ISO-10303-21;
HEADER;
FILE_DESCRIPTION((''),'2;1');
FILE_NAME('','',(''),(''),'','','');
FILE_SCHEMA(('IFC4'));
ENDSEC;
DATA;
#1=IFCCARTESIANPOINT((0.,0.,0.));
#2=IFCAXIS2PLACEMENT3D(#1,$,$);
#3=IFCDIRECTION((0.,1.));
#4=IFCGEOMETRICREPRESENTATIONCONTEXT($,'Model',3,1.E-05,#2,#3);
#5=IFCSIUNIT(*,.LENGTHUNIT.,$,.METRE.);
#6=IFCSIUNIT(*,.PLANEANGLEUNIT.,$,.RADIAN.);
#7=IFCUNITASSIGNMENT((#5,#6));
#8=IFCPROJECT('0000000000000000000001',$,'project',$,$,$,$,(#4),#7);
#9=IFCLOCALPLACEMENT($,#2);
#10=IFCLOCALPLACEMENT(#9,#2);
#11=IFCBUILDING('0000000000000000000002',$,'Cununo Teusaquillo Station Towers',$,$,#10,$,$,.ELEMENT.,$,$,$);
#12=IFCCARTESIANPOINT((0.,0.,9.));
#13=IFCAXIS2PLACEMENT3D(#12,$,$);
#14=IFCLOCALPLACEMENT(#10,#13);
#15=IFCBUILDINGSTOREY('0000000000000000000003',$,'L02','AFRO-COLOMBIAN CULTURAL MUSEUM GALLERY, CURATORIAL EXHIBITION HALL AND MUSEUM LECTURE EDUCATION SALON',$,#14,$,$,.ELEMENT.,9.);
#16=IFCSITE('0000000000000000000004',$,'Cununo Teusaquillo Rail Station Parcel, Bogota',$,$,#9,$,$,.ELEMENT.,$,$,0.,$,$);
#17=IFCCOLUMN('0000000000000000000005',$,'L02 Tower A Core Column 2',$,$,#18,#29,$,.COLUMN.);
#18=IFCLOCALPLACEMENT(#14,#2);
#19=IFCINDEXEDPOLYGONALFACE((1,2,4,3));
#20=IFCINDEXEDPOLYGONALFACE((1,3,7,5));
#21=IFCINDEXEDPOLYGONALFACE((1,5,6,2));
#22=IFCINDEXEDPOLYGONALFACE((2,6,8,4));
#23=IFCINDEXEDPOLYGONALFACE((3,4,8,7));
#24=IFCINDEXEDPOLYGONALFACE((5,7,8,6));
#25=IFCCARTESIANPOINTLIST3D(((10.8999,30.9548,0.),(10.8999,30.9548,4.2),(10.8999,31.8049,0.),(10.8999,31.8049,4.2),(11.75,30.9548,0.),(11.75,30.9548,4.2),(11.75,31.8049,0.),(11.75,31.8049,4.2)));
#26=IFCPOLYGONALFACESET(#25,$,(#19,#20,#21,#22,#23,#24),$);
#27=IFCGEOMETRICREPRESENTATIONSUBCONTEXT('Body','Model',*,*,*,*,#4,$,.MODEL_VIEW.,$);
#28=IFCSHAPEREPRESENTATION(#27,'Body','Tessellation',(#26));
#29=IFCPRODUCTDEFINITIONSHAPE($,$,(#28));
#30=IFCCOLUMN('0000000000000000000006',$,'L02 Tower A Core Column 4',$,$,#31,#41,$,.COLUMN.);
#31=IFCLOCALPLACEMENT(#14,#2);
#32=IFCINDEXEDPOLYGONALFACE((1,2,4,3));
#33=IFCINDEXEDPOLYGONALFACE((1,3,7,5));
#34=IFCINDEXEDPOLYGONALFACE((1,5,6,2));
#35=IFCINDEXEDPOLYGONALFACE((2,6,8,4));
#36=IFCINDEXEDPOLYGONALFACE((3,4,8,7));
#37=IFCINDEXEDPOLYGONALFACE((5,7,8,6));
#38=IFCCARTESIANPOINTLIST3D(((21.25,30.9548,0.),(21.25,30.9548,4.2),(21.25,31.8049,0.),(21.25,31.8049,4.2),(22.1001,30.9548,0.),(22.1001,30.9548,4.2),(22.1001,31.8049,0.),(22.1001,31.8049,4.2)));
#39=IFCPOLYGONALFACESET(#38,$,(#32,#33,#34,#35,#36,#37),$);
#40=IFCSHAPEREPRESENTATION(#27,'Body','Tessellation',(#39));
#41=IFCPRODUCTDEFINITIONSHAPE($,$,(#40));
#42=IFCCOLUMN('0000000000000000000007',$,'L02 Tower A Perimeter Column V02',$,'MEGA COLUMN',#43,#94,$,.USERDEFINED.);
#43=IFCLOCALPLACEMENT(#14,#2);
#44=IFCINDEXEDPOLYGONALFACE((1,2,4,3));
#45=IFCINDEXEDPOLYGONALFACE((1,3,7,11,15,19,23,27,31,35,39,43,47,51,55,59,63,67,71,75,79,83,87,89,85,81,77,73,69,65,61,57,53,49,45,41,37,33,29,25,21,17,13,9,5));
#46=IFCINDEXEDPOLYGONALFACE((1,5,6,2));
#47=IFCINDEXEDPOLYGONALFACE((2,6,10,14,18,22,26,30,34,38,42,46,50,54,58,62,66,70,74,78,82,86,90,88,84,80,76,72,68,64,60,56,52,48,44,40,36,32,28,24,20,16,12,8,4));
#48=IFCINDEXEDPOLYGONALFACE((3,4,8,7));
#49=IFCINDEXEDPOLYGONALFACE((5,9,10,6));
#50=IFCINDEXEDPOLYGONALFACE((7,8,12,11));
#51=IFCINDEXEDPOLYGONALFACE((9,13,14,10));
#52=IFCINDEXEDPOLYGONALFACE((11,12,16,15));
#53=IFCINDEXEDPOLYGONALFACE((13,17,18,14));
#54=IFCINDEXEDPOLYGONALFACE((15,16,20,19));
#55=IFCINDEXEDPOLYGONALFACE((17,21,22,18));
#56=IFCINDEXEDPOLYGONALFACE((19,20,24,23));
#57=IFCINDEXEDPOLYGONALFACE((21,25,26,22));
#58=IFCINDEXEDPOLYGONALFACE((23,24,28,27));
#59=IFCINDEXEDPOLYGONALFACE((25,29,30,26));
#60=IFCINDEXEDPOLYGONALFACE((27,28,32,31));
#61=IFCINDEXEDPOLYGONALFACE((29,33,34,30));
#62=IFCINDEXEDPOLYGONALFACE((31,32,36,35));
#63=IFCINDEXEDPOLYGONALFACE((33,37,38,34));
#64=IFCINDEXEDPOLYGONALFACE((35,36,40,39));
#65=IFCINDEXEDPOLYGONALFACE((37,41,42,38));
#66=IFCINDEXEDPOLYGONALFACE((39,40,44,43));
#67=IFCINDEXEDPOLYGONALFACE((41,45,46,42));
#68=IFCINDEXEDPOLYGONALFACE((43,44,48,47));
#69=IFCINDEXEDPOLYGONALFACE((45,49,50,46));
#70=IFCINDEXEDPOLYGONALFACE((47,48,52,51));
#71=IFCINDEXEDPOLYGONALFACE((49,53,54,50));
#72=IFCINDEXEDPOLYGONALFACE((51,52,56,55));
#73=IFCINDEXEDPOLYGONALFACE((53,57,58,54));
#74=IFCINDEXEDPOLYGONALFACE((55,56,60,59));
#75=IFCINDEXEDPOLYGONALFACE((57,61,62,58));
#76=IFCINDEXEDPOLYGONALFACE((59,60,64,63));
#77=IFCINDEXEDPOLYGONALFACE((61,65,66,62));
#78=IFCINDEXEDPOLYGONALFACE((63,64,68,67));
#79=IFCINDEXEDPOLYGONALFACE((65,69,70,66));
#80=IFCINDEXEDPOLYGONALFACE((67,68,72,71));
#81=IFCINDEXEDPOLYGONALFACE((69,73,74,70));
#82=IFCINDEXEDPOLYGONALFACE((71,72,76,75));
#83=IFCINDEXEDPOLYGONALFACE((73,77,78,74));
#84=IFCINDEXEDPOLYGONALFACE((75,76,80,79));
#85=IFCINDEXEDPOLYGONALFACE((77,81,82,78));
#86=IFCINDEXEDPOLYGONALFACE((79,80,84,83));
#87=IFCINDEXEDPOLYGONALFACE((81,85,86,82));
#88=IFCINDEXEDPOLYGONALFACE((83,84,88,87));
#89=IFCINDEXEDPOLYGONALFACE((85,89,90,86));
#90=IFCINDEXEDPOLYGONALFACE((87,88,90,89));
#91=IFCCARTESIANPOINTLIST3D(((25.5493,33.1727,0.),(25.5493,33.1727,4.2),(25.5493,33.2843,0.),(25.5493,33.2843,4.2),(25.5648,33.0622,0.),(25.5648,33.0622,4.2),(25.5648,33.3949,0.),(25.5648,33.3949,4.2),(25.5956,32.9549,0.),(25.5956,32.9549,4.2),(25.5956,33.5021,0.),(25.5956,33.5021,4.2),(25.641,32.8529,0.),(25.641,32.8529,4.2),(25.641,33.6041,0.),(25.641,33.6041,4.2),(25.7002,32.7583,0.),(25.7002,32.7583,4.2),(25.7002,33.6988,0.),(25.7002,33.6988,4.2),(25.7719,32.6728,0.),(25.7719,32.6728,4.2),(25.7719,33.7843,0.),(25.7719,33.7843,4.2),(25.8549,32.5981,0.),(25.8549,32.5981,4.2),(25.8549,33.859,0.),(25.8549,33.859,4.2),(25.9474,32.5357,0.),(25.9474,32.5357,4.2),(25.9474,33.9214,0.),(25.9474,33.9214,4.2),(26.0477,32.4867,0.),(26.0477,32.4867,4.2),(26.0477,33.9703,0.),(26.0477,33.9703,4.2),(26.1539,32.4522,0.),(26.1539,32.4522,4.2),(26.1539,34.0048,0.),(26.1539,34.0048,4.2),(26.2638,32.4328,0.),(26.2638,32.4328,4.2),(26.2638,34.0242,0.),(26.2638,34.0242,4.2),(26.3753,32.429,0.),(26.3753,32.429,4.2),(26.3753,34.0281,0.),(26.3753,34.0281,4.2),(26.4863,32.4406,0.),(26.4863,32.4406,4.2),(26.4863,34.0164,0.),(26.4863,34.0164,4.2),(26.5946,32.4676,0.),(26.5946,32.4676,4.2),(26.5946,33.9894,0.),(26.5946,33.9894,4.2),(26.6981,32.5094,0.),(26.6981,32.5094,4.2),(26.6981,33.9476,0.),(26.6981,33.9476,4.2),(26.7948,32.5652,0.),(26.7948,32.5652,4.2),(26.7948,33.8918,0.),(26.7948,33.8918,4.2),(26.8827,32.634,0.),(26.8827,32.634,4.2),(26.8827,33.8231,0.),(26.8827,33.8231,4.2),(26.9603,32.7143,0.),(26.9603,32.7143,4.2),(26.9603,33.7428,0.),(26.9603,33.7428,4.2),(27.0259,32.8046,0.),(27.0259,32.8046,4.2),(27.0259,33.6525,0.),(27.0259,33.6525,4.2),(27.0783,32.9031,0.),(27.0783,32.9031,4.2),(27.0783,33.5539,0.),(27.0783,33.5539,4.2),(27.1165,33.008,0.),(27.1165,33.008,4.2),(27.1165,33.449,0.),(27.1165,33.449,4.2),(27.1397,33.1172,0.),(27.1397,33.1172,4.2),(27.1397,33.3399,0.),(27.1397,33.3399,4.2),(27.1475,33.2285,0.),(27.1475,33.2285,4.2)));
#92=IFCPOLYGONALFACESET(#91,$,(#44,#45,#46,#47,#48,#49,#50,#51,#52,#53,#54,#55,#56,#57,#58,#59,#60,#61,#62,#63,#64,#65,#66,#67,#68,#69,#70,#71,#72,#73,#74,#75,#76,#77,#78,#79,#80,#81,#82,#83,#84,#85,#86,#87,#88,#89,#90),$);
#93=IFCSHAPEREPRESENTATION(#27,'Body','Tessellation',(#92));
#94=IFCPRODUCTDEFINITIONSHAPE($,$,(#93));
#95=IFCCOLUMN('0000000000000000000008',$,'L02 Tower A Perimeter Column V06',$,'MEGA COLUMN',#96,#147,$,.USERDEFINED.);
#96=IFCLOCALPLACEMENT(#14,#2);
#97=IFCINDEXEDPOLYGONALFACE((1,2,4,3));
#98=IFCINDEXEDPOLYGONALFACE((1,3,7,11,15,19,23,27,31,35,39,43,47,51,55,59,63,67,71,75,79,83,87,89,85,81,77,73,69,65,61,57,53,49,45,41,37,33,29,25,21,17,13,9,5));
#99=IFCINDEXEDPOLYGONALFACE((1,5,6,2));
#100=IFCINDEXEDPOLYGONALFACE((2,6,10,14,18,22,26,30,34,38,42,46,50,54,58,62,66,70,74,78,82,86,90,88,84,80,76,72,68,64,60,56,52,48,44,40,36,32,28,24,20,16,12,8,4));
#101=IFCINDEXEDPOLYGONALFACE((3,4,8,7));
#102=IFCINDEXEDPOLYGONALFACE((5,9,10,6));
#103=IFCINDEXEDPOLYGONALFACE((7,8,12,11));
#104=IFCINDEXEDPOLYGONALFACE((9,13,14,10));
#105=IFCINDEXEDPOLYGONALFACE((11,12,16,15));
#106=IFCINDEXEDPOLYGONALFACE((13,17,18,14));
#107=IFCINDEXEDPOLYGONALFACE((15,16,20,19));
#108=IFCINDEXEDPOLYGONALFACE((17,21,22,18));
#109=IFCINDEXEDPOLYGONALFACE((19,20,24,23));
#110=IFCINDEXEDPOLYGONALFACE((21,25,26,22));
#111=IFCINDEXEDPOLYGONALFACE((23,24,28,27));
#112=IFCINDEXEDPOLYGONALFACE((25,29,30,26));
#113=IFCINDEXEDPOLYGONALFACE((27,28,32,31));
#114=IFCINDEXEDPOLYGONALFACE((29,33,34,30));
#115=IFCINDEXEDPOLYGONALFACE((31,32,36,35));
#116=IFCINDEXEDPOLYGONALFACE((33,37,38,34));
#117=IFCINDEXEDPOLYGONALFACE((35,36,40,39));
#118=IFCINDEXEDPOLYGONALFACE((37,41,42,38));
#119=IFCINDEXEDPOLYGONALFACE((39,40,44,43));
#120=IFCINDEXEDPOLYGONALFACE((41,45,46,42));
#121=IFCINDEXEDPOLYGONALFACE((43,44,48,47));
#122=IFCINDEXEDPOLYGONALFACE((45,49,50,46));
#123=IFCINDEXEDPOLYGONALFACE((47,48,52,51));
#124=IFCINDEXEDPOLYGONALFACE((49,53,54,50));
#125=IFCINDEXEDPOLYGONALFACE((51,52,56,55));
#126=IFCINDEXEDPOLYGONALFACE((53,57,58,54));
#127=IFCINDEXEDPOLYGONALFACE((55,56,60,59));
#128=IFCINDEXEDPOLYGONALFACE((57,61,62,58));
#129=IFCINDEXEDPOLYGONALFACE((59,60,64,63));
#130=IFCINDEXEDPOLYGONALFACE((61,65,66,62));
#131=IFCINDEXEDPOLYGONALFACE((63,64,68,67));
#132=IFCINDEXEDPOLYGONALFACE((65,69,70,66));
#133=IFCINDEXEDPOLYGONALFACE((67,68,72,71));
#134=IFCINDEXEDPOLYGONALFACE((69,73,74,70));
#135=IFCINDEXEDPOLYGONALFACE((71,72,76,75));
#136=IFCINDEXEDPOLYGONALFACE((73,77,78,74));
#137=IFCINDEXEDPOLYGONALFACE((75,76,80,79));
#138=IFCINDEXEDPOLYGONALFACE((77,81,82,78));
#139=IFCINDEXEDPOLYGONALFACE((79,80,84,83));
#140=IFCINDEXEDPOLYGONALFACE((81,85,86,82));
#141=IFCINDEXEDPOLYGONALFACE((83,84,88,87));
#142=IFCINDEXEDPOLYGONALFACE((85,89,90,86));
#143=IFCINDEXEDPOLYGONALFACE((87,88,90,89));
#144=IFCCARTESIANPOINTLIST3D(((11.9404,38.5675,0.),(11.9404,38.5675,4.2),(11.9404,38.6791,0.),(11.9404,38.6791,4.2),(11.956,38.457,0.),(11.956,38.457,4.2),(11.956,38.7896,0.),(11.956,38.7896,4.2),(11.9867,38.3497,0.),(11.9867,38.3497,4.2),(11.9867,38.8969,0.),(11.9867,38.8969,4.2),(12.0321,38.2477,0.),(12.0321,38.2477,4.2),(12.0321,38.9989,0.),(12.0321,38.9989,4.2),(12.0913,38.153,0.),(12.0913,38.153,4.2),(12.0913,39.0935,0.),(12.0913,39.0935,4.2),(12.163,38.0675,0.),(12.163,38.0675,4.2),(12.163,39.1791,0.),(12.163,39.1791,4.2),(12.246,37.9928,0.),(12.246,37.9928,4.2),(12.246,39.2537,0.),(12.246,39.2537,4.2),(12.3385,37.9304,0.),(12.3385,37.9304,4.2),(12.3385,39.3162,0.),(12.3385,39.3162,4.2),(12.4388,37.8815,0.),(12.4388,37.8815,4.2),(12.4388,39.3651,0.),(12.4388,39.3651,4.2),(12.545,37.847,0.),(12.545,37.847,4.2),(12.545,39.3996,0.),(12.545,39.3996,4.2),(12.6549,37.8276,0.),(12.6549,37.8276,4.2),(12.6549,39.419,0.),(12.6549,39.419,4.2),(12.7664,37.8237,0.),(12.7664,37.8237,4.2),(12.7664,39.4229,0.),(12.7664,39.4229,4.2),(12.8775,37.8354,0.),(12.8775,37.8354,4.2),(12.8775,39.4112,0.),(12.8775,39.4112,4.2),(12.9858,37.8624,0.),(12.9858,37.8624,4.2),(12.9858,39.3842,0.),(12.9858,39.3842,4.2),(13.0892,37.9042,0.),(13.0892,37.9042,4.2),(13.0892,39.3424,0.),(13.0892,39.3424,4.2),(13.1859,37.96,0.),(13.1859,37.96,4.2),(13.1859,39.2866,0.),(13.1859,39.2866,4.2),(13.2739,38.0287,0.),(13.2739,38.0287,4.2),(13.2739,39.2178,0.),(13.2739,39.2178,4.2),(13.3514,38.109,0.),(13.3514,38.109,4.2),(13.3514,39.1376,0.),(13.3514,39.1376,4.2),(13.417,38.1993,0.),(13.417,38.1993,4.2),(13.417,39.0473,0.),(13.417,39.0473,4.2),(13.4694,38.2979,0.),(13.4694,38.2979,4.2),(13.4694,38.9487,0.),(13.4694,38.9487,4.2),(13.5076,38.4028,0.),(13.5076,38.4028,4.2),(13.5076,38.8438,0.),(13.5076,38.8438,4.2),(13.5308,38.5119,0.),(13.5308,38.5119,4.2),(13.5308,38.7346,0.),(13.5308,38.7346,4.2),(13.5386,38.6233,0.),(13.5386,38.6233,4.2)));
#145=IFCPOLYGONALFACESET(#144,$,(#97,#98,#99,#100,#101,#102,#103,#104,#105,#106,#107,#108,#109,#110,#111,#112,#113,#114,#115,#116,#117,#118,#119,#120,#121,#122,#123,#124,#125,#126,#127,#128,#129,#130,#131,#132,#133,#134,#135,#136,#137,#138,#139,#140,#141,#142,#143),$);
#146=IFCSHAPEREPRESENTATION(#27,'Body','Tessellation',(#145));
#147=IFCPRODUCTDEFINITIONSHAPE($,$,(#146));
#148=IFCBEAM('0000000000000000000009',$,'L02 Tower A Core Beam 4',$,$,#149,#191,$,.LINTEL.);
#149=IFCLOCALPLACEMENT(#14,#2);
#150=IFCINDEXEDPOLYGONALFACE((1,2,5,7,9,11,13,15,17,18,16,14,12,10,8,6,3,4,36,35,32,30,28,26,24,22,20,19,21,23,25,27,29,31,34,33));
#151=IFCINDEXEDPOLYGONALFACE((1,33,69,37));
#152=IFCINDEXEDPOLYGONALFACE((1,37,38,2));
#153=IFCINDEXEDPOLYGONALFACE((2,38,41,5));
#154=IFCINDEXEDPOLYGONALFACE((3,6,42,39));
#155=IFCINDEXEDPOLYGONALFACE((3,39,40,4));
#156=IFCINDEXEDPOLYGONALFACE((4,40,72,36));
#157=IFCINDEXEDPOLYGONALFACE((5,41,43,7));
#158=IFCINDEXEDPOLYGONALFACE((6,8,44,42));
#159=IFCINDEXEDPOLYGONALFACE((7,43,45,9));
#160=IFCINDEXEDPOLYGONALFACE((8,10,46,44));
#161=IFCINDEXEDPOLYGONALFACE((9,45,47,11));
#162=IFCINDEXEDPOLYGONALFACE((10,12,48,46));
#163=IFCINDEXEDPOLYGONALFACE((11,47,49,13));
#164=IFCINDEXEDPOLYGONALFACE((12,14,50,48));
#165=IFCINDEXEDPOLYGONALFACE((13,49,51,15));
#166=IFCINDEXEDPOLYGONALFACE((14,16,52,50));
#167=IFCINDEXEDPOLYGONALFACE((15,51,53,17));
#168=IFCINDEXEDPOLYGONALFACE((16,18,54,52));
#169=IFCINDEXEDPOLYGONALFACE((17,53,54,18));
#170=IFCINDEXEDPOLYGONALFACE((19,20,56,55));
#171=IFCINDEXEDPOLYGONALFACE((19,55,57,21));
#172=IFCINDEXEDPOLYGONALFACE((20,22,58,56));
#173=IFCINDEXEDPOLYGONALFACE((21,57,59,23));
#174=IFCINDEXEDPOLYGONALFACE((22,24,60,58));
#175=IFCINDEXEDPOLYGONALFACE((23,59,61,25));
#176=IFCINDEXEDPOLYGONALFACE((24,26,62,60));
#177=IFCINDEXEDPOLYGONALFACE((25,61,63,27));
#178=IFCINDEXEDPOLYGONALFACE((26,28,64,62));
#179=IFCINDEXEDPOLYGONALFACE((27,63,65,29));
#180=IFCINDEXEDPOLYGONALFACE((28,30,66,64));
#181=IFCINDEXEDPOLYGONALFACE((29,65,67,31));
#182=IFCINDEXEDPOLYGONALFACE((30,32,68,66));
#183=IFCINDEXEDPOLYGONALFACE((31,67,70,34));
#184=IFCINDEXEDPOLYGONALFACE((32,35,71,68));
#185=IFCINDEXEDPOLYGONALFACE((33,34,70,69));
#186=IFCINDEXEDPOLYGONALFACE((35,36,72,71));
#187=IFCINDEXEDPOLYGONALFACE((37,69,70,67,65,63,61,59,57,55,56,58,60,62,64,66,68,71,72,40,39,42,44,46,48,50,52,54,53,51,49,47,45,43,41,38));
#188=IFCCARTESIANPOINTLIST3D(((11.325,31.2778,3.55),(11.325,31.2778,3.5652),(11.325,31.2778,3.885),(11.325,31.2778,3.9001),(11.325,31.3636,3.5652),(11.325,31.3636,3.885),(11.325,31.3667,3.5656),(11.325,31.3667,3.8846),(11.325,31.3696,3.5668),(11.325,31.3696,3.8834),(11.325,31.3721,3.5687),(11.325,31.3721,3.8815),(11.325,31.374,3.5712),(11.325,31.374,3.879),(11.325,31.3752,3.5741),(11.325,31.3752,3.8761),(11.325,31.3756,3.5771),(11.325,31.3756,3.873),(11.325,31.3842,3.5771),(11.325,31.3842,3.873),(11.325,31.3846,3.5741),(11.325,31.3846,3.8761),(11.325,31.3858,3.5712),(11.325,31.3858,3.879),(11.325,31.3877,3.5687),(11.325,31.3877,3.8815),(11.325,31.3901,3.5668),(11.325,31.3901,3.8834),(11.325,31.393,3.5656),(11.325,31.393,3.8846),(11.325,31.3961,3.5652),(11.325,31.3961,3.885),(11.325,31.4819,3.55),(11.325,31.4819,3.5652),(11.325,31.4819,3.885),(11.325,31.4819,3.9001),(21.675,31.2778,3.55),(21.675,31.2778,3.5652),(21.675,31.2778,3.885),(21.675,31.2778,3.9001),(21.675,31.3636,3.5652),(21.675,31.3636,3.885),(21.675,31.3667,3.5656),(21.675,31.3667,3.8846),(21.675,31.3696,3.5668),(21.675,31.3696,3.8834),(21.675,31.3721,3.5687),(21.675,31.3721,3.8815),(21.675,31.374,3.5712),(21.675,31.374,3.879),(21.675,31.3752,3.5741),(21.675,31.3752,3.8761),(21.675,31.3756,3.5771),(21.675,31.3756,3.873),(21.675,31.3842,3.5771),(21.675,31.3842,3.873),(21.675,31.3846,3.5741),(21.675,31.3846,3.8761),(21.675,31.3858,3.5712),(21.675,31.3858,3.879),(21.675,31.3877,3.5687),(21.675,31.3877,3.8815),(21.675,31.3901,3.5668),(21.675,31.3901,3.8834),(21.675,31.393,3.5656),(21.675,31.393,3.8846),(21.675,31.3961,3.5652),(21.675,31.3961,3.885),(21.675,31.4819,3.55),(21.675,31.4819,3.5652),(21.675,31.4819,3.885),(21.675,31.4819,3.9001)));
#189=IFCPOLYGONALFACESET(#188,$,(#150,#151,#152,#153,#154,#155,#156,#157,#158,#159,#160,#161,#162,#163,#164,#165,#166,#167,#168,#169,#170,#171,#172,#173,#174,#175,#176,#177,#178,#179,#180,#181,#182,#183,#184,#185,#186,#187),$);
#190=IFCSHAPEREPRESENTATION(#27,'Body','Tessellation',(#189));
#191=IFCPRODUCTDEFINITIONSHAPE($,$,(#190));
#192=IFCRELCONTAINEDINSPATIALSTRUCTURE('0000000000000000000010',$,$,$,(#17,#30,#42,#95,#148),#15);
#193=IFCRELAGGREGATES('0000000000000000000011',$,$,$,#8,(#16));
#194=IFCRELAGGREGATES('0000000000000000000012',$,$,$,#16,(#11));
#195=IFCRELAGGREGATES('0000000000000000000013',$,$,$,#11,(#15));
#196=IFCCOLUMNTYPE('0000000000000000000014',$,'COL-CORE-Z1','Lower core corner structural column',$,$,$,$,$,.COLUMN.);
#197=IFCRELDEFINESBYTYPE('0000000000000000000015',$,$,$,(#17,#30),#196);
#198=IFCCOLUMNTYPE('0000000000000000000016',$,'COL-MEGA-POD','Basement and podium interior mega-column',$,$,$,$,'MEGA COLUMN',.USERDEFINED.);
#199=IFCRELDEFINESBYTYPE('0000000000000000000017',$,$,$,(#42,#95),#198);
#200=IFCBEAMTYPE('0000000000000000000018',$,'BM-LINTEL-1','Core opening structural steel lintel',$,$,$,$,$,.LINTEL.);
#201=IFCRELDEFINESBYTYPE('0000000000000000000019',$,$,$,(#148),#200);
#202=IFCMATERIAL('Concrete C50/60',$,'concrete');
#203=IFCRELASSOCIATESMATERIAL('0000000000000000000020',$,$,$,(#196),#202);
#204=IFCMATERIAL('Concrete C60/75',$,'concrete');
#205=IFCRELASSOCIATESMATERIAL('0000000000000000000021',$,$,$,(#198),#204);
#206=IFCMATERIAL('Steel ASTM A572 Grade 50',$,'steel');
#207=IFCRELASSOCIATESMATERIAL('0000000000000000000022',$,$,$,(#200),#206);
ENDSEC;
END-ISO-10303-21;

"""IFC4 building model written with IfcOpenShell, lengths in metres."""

from ifc_helpers import new_model, si_unit, direction, frame, origin, origin_2d, place, context, subcontext, project, spatial, rectangle, circle, i_section, extrude, material, material_profile, profile_set, type_object, element, save


model = new_model("IFC4")

# Units and contexts
model_context = context("Model", 3, precision=1e-05, world=origin(), true_north=direction((0.0, 1.0)))
body_context = subcontext(model_context, "Body", "Model", "MODEL_VIEW")
ifc_project = project(units=[si_unit("LENGTHUNIT", "METRE"), si_unit("PLANEANGLEUNIT", "RADIAN")], contexts=[model_context])

# Site, building, storey
site_placement = place(None, origin())
site = spatial("IfcSite", under=ifc_project, at=site_placement, Name="Cununo Teusaquillo Rail Station Parcel, Bogota", CompositionType="ELEMENT", RefElevation=0.0)
building_placement = place(site_placement, origin())
building = spatial("IfcBuilding", under=site, at=building_placement, Name="Cununo Teusaquillo Station Towers", CompositionType="ELEMENT")
storey_placement = place(building_placement, frame((0.0, 0.0, 9.0)))
storey = spatial("IfcBuildingStorey", under=building, at=storey_placement, Name="L02", Description="AFRO-COLOMBIAN CULTURAL MUSEUM GALLERY, CURATORIAL EXHIBITION HALL AND MUSEUM LECTURE EDUCATION SALON", CompositionType="ELEMENT", Elevation=9.0)

# Columns
ifc_material_1 = material(Name="Concrete C50/60", Category="concrete")
ifc_material_profile_1 = material_profile(ifc_material_1, rectangle(XDim=0.8501, YDim=0.8501, at=origin_2d()), Name="RC-RECT-850x850")
ifc_profile_set_1 = profile_set([ifc_material_profile_1], Name="Concrete C50/60")
column_type_1 = type_object("IfcColumnType", Name="COL-CORE-Z1", Description="Lower core corner structural column", PredefinedType="COLUMN", material=ifc_profile_set_1)
for number, where, z_axis, x_axis, name in (
    (1, (11.325, 31.3799, 0.0), (0.0, 0.0, 1.0), (1.0, 0.0, 0.0), "L02 Tower A Core Column 2"),
    (2, (21.675, 31.3799, 0.0), (0.0, 0.0, 1.0), (1.0, 0.0, 0.0), "L02 Tower A Core Column 4"),
):
    element("IfcColumn", number, at=place(storey_placement, frame(where, z_axis=z_axis, x_axis=x_axis)), inside=storey, type_object=column_type_1, Name=name, PredefinedType="COLUMN", context=body_context, shape_type="SweptSolid", body=[
        extrude(rectangle(XDim=0.8501, YDim=0.8501, at=origin_2d()), origin(), (0.0, 0.0, 1.0), 4.2),
    ])
ifc_material_2 = material(Name="Concrete C60/75", Category="concrete")
ifc_material_profile_2 = material_profile(ifc_material_2, circle(Radius=0.8, at=origin_2d()), Name="RC-CIRC-1600")
ifc_profile_set_2 = profile_set([ifc_material_profile_2], Name="Concrete C60/75")
column_type_2 = type_object("IfcColumnType", Name="COL-MEGA-POD", Description="Basement and podium interior mega-column", ElementType="MEGA COLUMN", PredefinedType="USERDEFINED", material=ifc_profile_set_2)
for number, where, z_axis, x_axis, name in (
    (3, (26.3474, 33.2285, 0.0), (0.0, 0.0, 1.0), (1.0, 0.0, 0.0), "L02 Tower A Perimeter Column V02"),
    (4, (12.7385, 38.6233, 0.0), (0.0, 0.0, 1.0), (1.0, 0.0, 0.0), "L02 Tower A Perimeter Column V06"),
):
    element("IfcColumn", number, at=place(storey_placement, frame(where, z_axis=z_axis, x_axis=x_axis)), inside=storey, type_object=column_type_2, Name=name, ObjectType="MEGA COLUMN", PredefinedType="USERDEFINED", context=body_context, shape_type="SweptSolid", body=[
        extrude(circle(Radius=0.8, at=origin_2d()), origin(), (0.0, 0.0, 1.0), 4.2),
    ])

# Beam
ifc_material_3 = material(Name="Steel ASTM A572 Grade 50", Category="steel")
ifc_material_profile_3 = material_profile(ifc_material_3, i_section(OverallWidth=0.2041, OverallDepth=0.3501, WebThickness=0.0085, FlangeThickness=0.0151, FilletRadius=0.012, at=origin_2d()), Name="W14X48")
ifc_profile_set_3 = profile_set([ifc_material_profile_3], Name="Steel ASTM A572 Grade 50")
beam_type_1 = type_object("IfcBeamType", Name="BM-LINTEL-1", Description="Core opening structural steel lintel", PredefinedType="LINTEL", material=ifc_profile_set_3)
beam_1_placement = place(storey_placement, frame((11.325, 31.3799, 3.7251), z_axis=(1.0, 0.0, 0.0), x_axis=(0.0, 1.0, 0.0)))
element("IfcBeam", 5, at=beam_1_placement, inside=storey, type_object=beam_type_1, Name="L02 Tower A Core Beam 4", PredefinedType="LINTEL", context=body_context, shape_type="SweptSolid", body=[
    extrude(i_section(OverallWidth=0.2041, OverallDepth=0.3501, WebThickness=0.0085, FlangeThickness=0.0151, FilletRadius=0.012, at=origin_2d()), origin(), (0.0, 0.0, 1.0), 10.3501),
])

save(model, "model.ifc")
